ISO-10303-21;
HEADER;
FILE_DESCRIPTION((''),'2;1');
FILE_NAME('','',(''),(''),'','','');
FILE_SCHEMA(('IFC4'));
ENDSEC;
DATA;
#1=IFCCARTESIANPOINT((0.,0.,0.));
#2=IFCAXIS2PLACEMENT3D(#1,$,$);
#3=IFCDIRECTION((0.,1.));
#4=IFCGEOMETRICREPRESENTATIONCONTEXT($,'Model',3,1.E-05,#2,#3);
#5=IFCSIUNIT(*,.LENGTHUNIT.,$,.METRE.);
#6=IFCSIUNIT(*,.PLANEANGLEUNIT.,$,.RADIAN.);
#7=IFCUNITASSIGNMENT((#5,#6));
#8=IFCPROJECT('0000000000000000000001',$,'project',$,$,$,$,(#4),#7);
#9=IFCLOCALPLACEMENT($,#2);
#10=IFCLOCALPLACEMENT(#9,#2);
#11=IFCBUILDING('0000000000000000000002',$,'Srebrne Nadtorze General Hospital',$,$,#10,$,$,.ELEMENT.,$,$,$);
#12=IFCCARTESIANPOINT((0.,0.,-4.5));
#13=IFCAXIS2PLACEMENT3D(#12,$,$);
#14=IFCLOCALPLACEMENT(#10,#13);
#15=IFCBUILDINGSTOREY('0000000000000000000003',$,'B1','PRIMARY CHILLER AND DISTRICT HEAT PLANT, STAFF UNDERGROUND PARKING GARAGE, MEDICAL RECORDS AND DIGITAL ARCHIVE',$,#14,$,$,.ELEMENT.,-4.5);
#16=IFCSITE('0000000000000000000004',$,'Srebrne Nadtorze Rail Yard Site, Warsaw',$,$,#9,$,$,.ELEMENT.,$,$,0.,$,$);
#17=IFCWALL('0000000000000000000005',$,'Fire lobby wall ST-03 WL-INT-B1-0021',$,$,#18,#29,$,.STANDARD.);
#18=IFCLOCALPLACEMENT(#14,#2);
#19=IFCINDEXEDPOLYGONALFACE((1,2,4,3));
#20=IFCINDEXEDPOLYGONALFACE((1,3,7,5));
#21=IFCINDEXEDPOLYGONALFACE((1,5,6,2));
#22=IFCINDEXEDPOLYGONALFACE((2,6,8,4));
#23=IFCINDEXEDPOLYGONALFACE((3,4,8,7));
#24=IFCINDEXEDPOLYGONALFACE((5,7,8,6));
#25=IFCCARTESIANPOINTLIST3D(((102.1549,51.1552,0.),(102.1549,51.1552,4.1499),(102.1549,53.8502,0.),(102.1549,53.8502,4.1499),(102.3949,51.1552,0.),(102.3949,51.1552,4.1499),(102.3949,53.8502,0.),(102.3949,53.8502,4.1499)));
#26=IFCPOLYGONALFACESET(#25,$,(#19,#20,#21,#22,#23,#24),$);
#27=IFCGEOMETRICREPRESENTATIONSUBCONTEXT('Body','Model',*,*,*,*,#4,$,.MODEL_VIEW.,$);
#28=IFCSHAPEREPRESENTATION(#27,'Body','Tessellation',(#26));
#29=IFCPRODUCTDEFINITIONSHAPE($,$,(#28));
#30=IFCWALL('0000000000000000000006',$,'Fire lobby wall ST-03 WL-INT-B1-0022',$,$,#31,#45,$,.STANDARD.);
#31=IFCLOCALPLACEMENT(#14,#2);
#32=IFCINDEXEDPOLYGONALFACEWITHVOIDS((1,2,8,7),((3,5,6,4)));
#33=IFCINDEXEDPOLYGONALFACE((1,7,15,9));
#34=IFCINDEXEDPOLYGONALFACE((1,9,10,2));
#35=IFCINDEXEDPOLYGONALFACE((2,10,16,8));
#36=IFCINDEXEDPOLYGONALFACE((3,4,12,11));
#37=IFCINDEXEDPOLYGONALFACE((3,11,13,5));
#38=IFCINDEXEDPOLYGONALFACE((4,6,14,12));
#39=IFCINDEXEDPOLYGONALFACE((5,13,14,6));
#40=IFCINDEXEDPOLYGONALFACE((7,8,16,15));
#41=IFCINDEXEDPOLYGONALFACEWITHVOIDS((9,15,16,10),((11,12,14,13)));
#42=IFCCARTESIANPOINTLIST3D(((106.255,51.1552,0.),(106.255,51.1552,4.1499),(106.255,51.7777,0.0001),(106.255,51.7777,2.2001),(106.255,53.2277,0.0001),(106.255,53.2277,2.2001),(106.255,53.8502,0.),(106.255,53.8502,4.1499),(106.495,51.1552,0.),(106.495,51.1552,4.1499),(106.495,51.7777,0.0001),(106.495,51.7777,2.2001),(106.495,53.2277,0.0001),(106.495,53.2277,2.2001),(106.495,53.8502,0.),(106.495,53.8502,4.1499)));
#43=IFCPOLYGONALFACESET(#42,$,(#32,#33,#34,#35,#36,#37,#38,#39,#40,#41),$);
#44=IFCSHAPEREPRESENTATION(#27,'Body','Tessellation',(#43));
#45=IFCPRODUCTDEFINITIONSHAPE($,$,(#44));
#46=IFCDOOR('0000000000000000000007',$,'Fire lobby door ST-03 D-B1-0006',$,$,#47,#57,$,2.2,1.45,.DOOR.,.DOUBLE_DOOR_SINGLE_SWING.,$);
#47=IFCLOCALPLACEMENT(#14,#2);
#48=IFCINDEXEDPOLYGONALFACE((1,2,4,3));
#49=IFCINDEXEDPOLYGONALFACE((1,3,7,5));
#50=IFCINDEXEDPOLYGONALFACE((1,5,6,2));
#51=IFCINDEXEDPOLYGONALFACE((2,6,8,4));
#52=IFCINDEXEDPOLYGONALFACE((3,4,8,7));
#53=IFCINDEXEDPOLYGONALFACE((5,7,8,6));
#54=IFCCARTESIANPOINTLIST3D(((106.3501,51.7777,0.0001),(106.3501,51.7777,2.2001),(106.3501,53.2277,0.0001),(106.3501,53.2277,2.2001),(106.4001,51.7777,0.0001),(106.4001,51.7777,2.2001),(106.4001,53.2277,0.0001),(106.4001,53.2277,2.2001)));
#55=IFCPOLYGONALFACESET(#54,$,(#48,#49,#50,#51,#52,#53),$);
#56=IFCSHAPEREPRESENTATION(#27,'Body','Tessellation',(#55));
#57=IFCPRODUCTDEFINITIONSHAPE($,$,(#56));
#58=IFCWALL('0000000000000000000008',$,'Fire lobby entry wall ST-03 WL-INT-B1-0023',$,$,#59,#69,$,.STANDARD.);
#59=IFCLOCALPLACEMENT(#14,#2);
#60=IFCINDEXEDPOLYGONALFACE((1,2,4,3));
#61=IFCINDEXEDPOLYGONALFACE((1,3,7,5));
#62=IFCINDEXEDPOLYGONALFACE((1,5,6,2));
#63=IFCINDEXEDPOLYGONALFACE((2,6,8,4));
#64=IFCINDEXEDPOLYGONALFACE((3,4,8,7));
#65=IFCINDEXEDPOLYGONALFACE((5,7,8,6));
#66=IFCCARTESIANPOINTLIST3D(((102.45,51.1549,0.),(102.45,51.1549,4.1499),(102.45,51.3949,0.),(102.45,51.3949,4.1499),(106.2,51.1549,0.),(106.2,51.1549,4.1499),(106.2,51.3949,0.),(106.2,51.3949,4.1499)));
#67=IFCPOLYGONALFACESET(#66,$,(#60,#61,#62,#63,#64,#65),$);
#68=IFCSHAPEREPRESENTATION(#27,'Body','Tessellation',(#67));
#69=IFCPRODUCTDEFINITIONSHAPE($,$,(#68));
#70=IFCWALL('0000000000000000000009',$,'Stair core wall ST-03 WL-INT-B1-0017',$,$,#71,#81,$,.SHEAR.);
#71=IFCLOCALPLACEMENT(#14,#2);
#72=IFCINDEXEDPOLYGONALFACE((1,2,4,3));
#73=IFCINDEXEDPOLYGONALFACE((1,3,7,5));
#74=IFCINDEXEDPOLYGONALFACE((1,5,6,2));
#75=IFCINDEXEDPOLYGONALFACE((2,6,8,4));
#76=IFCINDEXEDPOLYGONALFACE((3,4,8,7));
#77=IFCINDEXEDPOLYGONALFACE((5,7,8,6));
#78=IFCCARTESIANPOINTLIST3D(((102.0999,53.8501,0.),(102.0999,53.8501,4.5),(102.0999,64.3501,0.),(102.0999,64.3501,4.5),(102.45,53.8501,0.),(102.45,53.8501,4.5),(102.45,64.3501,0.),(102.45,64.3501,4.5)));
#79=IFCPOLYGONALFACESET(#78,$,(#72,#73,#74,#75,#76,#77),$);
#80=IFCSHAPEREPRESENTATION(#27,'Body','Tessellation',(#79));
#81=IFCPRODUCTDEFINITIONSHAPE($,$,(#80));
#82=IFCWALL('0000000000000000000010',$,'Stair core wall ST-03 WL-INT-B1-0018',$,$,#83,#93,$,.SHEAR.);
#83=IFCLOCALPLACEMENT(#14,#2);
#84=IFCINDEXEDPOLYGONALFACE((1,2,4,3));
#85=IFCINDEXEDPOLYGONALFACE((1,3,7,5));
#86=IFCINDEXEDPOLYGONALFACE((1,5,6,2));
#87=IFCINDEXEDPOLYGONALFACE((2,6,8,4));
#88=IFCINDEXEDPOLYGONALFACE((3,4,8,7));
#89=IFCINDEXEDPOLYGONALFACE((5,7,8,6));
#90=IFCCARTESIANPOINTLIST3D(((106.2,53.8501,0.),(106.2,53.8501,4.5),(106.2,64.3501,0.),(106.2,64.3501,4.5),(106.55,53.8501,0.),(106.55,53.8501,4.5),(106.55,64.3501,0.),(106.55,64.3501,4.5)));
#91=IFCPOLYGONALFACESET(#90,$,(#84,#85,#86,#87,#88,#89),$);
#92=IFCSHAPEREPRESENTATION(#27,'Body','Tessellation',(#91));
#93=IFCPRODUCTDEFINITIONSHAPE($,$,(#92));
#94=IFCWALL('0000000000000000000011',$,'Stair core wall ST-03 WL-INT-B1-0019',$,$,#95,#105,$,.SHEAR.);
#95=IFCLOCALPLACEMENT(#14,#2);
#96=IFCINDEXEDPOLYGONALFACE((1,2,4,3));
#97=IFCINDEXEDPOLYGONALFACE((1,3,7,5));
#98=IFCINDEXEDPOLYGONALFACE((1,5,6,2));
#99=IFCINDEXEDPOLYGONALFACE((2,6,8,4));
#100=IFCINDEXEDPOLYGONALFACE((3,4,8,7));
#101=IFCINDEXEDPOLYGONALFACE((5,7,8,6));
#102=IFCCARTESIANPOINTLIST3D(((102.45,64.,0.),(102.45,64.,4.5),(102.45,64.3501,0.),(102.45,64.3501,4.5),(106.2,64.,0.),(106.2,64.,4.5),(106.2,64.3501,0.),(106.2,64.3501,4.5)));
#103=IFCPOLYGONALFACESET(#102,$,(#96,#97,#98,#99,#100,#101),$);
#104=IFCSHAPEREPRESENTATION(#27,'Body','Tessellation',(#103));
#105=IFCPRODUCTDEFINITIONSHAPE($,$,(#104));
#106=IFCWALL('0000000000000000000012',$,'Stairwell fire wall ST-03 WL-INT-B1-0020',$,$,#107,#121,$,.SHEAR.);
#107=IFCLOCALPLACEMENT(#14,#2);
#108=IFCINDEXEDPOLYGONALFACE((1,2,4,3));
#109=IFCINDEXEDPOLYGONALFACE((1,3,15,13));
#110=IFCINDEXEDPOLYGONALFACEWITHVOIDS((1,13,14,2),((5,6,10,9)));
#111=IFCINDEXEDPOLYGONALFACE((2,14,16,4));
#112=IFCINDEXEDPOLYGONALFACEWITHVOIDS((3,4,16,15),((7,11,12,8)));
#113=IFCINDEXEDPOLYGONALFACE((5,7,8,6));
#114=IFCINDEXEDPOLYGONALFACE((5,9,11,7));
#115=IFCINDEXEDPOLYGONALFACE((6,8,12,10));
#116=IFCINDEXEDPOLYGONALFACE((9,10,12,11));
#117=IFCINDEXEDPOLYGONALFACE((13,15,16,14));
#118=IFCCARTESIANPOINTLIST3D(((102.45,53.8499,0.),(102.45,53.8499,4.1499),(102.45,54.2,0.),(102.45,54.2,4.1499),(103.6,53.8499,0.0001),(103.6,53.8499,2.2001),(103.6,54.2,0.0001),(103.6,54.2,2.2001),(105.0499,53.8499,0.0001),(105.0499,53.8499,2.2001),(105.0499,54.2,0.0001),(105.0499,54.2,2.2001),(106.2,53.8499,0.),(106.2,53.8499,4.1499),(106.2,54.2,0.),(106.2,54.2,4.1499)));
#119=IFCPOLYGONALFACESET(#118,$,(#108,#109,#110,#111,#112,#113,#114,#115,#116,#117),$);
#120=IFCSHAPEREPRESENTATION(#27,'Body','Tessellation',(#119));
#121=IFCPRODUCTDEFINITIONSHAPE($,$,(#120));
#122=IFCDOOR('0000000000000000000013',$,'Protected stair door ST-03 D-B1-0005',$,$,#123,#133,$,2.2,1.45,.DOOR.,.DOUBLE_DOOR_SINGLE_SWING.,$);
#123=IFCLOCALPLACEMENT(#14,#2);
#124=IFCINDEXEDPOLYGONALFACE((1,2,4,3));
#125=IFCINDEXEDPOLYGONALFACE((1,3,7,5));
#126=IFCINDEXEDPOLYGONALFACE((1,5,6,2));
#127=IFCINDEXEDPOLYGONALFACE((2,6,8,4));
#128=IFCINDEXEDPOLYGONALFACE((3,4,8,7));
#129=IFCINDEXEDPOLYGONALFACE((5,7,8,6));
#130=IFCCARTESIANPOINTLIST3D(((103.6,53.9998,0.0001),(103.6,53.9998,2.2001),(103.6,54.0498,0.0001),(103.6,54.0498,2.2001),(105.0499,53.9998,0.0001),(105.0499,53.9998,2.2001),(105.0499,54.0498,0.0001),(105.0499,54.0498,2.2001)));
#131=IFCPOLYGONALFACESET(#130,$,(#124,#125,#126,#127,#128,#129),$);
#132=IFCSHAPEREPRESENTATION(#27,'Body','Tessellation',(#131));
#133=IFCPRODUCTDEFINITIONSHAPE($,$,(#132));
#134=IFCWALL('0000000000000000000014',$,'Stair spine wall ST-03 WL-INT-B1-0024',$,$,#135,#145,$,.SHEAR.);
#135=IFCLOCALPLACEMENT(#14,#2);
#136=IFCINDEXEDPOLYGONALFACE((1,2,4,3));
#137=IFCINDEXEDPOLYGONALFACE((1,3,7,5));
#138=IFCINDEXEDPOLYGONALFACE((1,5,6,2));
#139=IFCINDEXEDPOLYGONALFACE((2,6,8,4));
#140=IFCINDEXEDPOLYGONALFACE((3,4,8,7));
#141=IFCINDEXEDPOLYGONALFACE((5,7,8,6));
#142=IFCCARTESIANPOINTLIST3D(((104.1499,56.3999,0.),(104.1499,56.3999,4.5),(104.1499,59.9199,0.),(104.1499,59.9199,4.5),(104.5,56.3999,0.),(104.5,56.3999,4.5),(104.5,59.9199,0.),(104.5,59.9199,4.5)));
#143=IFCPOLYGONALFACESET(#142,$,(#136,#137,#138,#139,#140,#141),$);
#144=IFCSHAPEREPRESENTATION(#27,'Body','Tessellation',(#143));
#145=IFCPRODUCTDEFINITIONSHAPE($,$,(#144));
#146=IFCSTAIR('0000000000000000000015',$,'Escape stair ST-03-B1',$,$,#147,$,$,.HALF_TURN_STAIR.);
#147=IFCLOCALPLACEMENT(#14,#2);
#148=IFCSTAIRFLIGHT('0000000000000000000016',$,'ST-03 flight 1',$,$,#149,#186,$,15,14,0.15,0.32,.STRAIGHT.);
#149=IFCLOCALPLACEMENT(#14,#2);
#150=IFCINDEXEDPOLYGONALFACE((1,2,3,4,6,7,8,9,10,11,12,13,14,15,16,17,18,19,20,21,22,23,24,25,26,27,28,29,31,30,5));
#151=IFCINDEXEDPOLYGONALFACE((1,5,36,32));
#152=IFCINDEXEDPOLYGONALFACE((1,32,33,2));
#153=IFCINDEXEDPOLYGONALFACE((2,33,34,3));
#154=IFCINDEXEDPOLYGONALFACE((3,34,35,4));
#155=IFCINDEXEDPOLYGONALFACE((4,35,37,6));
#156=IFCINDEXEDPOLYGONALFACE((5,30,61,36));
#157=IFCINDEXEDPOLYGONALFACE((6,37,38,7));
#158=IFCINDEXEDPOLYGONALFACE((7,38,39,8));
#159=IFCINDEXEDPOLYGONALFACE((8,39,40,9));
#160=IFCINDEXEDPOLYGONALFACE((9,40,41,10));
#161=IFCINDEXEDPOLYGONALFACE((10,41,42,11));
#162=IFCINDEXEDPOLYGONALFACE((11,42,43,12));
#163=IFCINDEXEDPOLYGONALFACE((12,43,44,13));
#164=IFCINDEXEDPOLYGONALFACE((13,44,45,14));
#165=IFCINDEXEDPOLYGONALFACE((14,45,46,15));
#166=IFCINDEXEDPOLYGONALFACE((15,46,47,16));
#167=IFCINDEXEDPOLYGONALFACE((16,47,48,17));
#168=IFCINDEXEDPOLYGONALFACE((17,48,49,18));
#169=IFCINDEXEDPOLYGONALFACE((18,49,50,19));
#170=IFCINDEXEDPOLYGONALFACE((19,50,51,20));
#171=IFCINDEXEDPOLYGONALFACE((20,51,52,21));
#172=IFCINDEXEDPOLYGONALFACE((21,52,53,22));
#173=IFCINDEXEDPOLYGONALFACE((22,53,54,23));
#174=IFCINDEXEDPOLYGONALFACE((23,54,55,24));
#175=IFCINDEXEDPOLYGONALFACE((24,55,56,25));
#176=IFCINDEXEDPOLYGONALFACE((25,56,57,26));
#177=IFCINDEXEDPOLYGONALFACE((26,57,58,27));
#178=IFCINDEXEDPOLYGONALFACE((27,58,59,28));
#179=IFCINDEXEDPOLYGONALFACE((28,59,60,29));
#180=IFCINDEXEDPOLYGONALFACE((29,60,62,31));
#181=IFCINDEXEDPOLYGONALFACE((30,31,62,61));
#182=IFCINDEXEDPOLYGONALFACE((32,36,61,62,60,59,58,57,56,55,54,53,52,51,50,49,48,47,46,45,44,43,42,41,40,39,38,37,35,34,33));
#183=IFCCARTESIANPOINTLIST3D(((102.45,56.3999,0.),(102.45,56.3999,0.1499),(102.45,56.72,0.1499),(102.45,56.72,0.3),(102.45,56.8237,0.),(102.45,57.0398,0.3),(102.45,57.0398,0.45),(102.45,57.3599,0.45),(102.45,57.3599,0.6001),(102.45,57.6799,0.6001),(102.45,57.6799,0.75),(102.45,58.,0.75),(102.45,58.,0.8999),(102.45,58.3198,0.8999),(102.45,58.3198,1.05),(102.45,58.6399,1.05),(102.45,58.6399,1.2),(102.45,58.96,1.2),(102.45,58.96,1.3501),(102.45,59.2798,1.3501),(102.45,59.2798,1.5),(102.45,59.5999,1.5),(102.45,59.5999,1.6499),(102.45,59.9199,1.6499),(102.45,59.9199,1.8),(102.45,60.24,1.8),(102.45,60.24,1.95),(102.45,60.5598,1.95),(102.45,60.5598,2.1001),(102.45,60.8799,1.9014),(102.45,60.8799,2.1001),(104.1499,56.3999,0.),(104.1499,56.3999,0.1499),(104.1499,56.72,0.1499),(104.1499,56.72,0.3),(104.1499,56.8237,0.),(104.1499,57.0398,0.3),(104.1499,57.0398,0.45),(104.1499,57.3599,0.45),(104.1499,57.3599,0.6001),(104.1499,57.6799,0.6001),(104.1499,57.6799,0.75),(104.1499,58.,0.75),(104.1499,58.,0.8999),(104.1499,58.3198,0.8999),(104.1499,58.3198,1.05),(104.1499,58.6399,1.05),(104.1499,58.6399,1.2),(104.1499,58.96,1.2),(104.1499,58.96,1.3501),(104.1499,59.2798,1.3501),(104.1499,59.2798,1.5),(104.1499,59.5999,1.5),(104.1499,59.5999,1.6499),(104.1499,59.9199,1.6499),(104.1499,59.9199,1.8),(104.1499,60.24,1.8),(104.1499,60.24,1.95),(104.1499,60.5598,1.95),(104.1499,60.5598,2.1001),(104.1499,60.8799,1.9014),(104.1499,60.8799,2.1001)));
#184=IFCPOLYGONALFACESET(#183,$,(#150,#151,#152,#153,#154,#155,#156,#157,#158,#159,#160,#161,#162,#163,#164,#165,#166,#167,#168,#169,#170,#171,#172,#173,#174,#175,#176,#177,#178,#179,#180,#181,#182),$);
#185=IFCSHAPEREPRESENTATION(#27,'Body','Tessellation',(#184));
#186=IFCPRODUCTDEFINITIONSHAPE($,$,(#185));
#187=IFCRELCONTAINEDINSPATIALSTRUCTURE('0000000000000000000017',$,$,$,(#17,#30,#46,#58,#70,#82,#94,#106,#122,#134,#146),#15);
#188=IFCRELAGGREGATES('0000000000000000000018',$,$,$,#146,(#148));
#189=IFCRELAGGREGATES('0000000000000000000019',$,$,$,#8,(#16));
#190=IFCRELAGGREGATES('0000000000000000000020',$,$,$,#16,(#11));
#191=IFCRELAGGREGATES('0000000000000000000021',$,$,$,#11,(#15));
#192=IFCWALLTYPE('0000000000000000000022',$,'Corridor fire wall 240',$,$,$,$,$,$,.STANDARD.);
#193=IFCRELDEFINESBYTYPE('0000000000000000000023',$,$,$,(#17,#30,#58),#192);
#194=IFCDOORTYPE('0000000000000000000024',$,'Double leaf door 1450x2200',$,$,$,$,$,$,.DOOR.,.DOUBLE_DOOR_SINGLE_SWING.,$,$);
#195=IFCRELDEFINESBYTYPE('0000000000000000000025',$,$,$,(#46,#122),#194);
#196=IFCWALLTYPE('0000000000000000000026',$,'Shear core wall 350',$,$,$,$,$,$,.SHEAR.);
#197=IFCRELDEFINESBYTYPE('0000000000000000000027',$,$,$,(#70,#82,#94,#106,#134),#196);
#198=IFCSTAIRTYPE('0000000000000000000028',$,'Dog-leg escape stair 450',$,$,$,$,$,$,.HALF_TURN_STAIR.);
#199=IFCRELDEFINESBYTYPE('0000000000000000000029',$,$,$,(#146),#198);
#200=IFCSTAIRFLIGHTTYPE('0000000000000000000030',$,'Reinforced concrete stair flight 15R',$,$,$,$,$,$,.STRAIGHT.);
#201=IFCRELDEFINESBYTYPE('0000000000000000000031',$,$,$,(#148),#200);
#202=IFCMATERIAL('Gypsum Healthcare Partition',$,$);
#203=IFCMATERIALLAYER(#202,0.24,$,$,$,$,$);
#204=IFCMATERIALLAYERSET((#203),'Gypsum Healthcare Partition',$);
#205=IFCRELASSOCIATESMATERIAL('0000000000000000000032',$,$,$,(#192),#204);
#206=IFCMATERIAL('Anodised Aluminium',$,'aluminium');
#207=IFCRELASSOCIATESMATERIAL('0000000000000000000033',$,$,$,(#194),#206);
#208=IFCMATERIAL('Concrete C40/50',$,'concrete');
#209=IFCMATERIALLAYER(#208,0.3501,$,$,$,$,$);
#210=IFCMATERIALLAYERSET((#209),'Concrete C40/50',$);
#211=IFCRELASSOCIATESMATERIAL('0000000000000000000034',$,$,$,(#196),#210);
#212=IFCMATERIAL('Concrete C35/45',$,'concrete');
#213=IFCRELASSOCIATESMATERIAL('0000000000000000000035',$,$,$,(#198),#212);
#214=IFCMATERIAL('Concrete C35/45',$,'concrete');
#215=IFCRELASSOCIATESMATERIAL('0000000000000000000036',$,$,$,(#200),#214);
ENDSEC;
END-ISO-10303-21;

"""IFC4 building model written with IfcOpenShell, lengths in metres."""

from ifc_helpers import new_model, si_unit, direction, frame, frame_2d, origin, place, context, subcontext, project, spatial, polyline, rectangle, outline, extrude, material, layer, layer_set, type_object, element, fill, aggregate, save


model = new_model("IFC4")

# Units and contexts
model_context = context("Model", 3, precision=1e-05, world=origin(), true_north=direction((0.0, 1.0)))
body_context = subcontext(model_context, "Body", "Model", "MODEL_VIEW")
ifc_project = project(units=[si_unit("LENGTHUNIT", "METRE"), si_unit("PLANEANGLEUNIT", "RADIAN")], contexts=[model_context])

# Site, building, storey
site_placement = place(None, origin())
site = spatial("IfcSite", under=ifc_project, at=site_placement, Name="Srebrne Nadtorze Rail Yard Site, Warsaw", CompositionType="ELEMENT", RefElevation=0.0)
building_placement = place(site_placement, origin())
building = spatial("IfcBuilding", under=site, at=building_placement, Name="Srebrne Nadtorze General Hospital", CompositionType="ELEMENT")
storey_placement = place(building_placement, frame((0.0, 0.0, -4.5)))
storey = spatial("IfcBuildingStorey", under=building, at=storey_placement, Name="B1", Description="PRIMARY CHILLER AND DISTRICT HEAT PLANT, STAFF UNDERGROUND PARKING GARAGE, MEDICAL RECORDS AND DIGITAL ARCHIVE", CompositionType="ELEMENT", Elevation=-4.5)

# Wall
ifc_material_1 = material(Name="Gypsum Healthcare Partition")
ifc_layer_1 = layer(ifc_material_1, 0.24)
ifc_layer_set_1 = layer_set([ifc_layer_1], Name="Gypsum Healthcare Partition")
wall_type_1 = type_object("IfcWallType", Name="Corridor fire wall 240", PredefinedType="STANDARD", material=ifc_layer_set_1)
wall_1_placement = place(storey_placement, frame((102.2749, 51.155, 0.0), z_axis=(0.0, 0.0, 1.0), x_axis=(0.0, 1.0, 0.0)))
element("IfcWall", 1, at=wall_1_placement, inside=storey, type_object=wall_type_1, Name="Fire lobby wall ST-03 WL-INT-B1-0021", PredefinedType="STANDARD", context=body_context, shape_type="SweptSolid", body=[
    extrude(rectangle(XDim=2.6951, YDim=0.24, at=frame_2d((1.3477, 0.0))), origin(), (0.0, 0.0, 1.0), 4.1499),
])

# Wall, opening, door
wall_2_placement = place(storey_placement, frame((106.375, 51.155, 0.0), z_axis=(0.0, 0.0, 1.0), x_axis=(0.0, 1.0, 0.0)))
wall_2 = element("IfcWall", 2, at=wall_2_placement, inside=storey, type_object=wall_type_1, Name="Fire lobby wall ST-03 WL-INT-B1-0022", PredefinedType="STANDARD", context=body_context, shape_type="SweptSolid", body=[
    extrude(rectangle(XDim=2.6951, YDim=0.24, at=frame_2d((1.3477, 0.0))), origin(), (0.0, 0.0, 1.0), 4.1499),
])
opening_1_placement = place(wall_2_placement, frame((0.6226, 0.0, 0.0)))
opening_1 = element("IfcOpeningElement", 3, at=opening_1_placement, cuts=wall_2, PredefinedType="OPENING", context=body_context, shape_type="SweptSolid", body=[
    extrude(rectangle(XDim=1.45, YDim=2.2, at=frame_2d((0.7251, 1.1001))), frame((0.0, 0.1318, 0.0), z_axis=(0.0, -1.0, 0.0), x_axis=(1.0, 0.0, 0.0)), (0.0, 0.0, 1.0), 0.2639),
])
ifc_material_2 = material(Name="Anodised Aluminium", Category="aluminium")
door_type = type_object("IfcDoorType", Name="Double leaf door 1450x2200", OperationType="DOUBLE_DOOR_SINGLE_SWING", PredefinedType="DOOR", material=ifc_material_2)
door_1_placement = place(opening_1_placement, origin())
door_1 = element("IfcDoor", 4, at=door_1_placement, inside=storey, type_object=door_type, Name="Fire lobby door ST-03 D-B1-0006", OperationType="DOUBLE_DOOR_SINGLE_SWING", OverallHeight=2.2, OverallWidth=1.45, PredefinedType="DOOR", context=body_context, shape_type="SweptSolid", body=[
    extrude(rectangle(XDim=1.45, YDim=2.2, at=frame_2d((0.7251, 1.1001))), frame((0.0, 0.0249, 0.0), z_axis=(0.0, -1.0, 0.0), x_axis=(1.0, 0.0, 0.0)), (0.0, 0.0, 1.0), 0.05),
])
fill(opening_1, door_1)

# Walls
wall_3_placement = place(storey_placement, frame((102.45, 51.2749, 0.0), z_axis=(0.0, 0.0, 1.0), x_axis=(1.0, 0.0, 0.0)))
element("IfcWall", 5, at=wall_3_placement, inside=storey, type_object=wall_type_1, Name="Fire lobby entry wall ST-03 WL-INT-B1-0023", PredefinedType="STANDARD", context=body_context, shape_type="SweptSolid", body=[
    extrude(rectangle(XDim=3.75, YDim=0.24, at=frame_2d((1.875, 0.0))), origin(), (0.0, 0.0, 1.0), 4.1499),
])
ifc_material_3 = material(Name="Concrete C40/50", Category="concrete")
ifc_layer_2 = layer(ifc_material_3, 0.3501)
ifc_layer_set_2 = layer_set([ifc_layer_2], Name="Concrete C40/50")
wall_type_2 = type_object("IfcWallType", Name="Shear core wall 350", PredefinedType="SHEAR", material=ifc_layer_set_2)
for number, where, z_axis, x_axis, name in (
    (6, (102.2749, 53.8501, 0.0), (0.0, 0.0, 1.0), (0.0, 1.0, 0.0), "Stair core wall ST-03 WL-INT-B1-0017"),
    (7, (106.375, 53.8501, 0.0), (0.0, 0.0, 1.0), (0.0, 1.0, 0.0), "Stair core wall ST-03 WL-INT-B1-0018"),
):
    element("IfcWall", number, at=place(storey_placement, frame(where, z_axis=z_axis, x_axis=x_axis)), inside=storey, type_object=wall_type_2, Name=name, PredefinedType="SHEAR", context=body_context, shape_type="SweptSolid", body=[
        extrude(rectangle(XDim=10.5, YDim=0.3501, at=frame_2d((5.25, 0.0))), origin(), (0.0, 0.0, 1.0), 4.5),
    ])
wall_4_placement = place(storey_placement, frame((102.45, 64.175, 0.0), z_axis=(0.0, 0.0, 1.0), x_axis=(1.0, 0.0, 0.0)))
element("IfcWall", 8, at=wall_4_placement, inside=storey, type_object=wall_type_2, Name="Stair core wall ST-03 WL-INT-B1-0019", PredefinedType="SHEAR", context=body_context, shape_type="SweptSolid", body=[
    extrude(rectangle(XDim=3.75, YDim=0.3501, at=frame_2d((1.875, 0.0))), origin(), (0.0, 0.0, 1.0), 4.5),
])

# Wall, opening, door
wall_5_placement = place(storey_placement, frame((102.45, 54.0249, 0.0), z_axis=(0.0, 0.0, 1.0), x_axis=(1.0, 0.0, 0.0)))
wall_5 = element("IfcWall", 9, at=wall_5_placement, inside=storey, type_object=wall_type_2, Name="Stairwell fire wall ST-03 WL-INT-B1-0020", PredefinedType="SHEAR", context=body_context, shape_type="SweptSolid", body=[
    extrude(rectangle(XDim=3.75, YDim=0.3501, at=frame_2d((1.875, 0.0))), origin(), (0.0, 0.0, 1.0), 4.1499),
])
opening_2_placement = place(wall_5_placement, frame((1.1499, 0.0, 0.0)))
opening_2 = element("IfcOpeningElement", 10, at=opening_2_placement, cuts=wall_5, PredefinedType="OPENING", context=body_context, shape_type="SweptSolid", body=[
    extrude(rectangle(XDim=1.45, YDim=2.2, at=frame_2d((0.7251, 1.1001))), frame((0.0, 0.187, 0.0), z_axis=(0.0, -1.0, 0.0), x_axis=(1.0, 0.0, 0.0)), (0.0, 0.0, 1.0), 0.374),
])
door_2_placement = place(opening_2_placement, origin())
door_2 = element("IfcDoor", 11, at=door_2_placement, inside=storey, type_object=door_type, Name="Protected stair door ST-03 D-B1-0005", OperationType="DOUBLE_DOOR_SINGLE_SWING", OverallHeight=2.2, OverallWidth=1.45, PredefinedType="DOOR", context=body_context, shape_type="SweptSolid", body=[
    extrude(rectangle(XDim=1.45, YDim=2.2, at=frame_2d((0.7251, 1.1001))), frame((0.0, 0.0249, 0.0), z_axis=(0.0, -1.0, 0.0), x_axis=(1.0, 0.0, 0.0)), (0.0, 0.0, 1.0), 0.05),
])
fill(opening_2, door_2)

# Wall
wall_6_placement = place(storey_placement, frame((104.325, 56.3999, 0.0), z_axis=(0.0, 0.0, 1.0), x_axis=(0.0, 1.0, 0.0)))
element("IfcWall", 12, at=wall_6_placement, inside=storey, type_object=wall_type_2, Name="Stair spine wall ST-03 WL-INT-B1-0024", PredefinedType="SHEAR", context=body_context, shape_type="SweptSolid", body=[
    extrude(rectangle(XDim=3.52, YDim=0.3501, at=frame_2d((1.76, 0.0))), origin(), (0.0, 0.0, 1.0), 4.5),
])

# Stair, stair flight
ifc_material_4 = material(Name="Concrete C35/45", Category="concrete")
stair_type = type_object("IfcStairType", Name="Dog-leg escape stair 450", PredefinedType="HALF_TURN_STAIR", material=ifc_material_4)
stair_placement = place(storey_placement, origin())
stair = element("IfcStair", 13, at=stair_placement, inside=storey, type_object=stair_type, Name="Escape stair ST-03-B1", PredefinedType="HALF_TURN_STAIR")
ifc_material_5 = material(Name="Concrete C35/45", Category="concrete")
stair_flight_type = type_object("IfcStairFlightType", Name="Reinforced concrete stair flight 15R", PredefinedType="STRAIGHT", material=ifc_material_5)
stair_flight_1_placement = place(storey_placement, frame((103.3, 56.3999, 0.0), z_axis=(0.0, 0.0, 1.0), x_axis=(0.0, 1.0, 0.0)))
stair_flight_1 = element("IfcStairFlight", 14, at=stair_flight_1_placement, type_object=stair_flight_type, Name="ST-03 flight 1", NumberOfRisers=15, NumberOfTreads=14, PredefinedType="STRAIGHT", RiserHeight=0.15, TreadLength=0.32, context=body_context, shape_type="SweptSolid", body=[
    extrude(outline(polyline([(0.0, 0.0), (0.0, 0.1499), (0.3201, 0.1499), (0.3201, 0.3), (0.6399, 0.3), (0.6399, 0.45), (0.96, 0.45), (0.96, 0.6001), (1.28, 0.6001), (1.28, 0.75), (1.6001, 0.75), (1.6001, 0.8999), (1.9199, 0.8999), (1.9199, 1.05), (2.24, 1.05), (2.24, 1.2), (2.5601, 1.2), (2.5601, 1.3501), (2.8799, 1.3501), (2.8799, 1.5), (3.2, 1.5), (3.2, 1.6499), (3.52, 1.6499), (3.52, 1.8), (3.8401, 1.8), (3.8401, 1.95), (4.1599, 1.95), (4.1599, 2.1001), (4.48, 2.1001), (4.48, 2.25), (4.48, 1.9014), (0.4238, 0.0), (0.0, 0.0)])), frame((0.0, 0.8501, 0.0), z_axis=(0.0, -1.0, 0.0), x_axis=(1.0, 0.0, 0.0)), (0.0, 0.0, 1.0), 1.7),
])
aggregate(stair, [stair_flight_1])

save(model, "model.ifc")
